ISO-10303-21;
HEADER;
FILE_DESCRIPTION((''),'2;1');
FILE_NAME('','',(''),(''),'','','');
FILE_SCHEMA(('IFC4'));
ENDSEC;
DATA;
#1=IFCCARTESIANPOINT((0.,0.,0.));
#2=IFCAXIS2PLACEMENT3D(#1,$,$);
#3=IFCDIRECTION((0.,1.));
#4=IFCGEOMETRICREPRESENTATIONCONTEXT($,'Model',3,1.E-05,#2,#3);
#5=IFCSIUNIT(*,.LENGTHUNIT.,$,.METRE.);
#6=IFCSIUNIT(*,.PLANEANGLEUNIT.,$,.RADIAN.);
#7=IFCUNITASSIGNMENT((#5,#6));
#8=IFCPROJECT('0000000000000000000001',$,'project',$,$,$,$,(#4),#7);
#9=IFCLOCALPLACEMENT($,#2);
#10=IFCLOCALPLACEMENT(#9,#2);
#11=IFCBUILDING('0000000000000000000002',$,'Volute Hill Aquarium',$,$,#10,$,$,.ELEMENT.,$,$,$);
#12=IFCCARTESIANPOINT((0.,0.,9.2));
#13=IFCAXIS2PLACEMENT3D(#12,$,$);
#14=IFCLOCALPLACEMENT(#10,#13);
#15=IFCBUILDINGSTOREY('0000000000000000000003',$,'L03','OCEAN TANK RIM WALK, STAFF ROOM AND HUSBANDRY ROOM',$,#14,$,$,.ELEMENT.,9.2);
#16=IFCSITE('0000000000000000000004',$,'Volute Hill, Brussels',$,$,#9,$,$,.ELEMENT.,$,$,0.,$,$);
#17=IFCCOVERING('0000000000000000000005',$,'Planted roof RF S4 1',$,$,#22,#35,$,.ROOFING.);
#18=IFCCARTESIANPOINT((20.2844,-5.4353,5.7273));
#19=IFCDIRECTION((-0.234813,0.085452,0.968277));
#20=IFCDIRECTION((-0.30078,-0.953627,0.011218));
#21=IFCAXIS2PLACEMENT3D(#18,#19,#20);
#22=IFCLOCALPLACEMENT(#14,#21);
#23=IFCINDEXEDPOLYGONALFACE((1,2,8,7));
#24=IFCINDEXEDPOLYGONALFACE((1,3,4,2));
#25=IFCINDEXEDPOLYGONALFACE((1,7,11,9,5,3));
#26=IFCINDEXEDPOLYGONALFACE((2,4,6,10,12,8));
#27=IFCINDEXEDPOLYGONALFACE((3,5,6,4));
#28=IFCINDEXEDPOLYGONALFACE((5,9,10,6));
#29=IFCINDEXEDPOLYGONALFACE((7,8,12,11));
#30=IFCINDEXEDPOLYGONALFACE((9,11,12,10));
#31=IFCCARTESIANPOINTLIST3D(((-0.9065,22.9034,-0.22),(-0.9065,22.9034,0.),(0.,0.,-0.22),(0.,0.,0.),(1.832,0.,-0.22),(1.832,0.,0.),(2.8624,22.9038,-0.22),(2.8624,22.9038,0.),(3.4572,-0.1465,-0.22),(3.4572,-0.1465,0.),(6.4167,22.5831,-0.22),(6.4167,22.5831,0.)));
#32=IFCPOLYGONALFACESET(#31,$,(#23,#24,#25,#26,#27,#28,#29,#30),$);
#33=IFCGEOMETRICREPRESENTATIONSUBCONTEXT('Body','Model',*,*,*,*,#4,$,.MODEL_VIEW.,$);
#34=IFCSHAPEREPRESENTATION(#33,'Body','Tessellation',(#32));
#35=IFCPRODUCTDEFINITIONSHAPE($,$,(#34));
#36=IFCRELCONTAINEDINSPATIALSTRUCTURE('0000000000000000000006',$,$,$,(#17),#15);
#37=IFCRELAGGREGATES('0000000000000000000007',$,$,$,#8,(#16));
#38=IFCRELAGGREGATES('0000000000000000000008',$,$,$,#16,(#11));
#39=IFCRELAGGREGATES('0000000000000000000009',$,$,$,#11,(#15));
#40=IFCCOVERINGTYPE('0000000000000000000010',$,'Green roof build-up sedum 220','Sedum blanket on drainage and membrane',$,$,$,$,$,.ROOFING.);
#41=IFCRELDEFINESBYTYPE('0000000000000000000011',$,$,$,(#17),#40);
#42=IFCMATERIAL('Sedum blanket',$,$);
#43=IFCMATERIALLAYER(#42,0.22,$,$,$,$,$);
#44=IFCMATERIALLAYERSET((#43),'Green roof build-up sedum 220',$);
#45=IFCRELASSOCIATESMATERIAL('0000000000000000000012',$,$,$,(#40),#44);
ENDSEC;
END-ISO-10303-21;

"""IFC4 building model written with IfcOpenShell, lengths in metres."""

from ifc_helpers import new_model, si_unit, direction, frame, origin, place, context, subcontext, project, spatial, polyline, outline, extrude, material, layer, layer_set, type_object, element, save


model = new_model("IFC4")

# Units and contexts
model_context = context("Model", 3, precision=1e-05, world=origin(), true_north=direction((0.0, 1.0)))
body_context = subcontext(model_context, "Body", "Model", "MODEL_VIEW")
ifc_project = project(units=[si_unit("LENGTHUNIT", "METRE"), si_unit("PLANEANGLEUNIT", "RADIAN")], contexts=[model_context])

# Site, building, storey
site_placement = place(None, origin())
site = spatial("IfcSite", under=ifc_project, at=site_placement, Name="Volute Hill, Brussels", CompositionType="ELEMENT", RefElevation=0.0)
building_placement = place(site_placement, origin())
building = spatial("IfcBuilding", under=site, at=building_placement, Name="Volute Hill Aquarium", CompositionType="ELEMENT")
storey_placement = place(building_placement, frame((0.0, 0.0, 9.2)))
storey = spatial("IfcBuildingStorey", under=building, at=storey_placement, Name="L03", Description="OCEAN TANK RIM WALK, STAFF ROOM AND HUSBANDRY ROOM", CompositionType="ELEMENT", Elevation=9.2)

# Covering
ifc_material_1 = material(Name="Sedum blanket")
ifc_layer_1 = layer(ifc_material_1, 0.22)
ifc_layer_set_1 = layer_set([ifc_layer_1], Name="Green roof build-up sedum 220")
covering_type_1 = type_object("IfcCoveringType", Name="Green roof build-up sedum 220", Description="Sedum blanket on drainage and membrane", PredefinedType="ROOFING", material=ifc_layer_set_1)
covering_1_placement = place(storey_placement, frame((20.2844, -5.4353, 5.7273), z_axis=(-0.234813, 0.085452, 0.968277), x_axis=(-0.30078, -0.953627, 0.011218)))
element("IfcCovering", 1, at=covering_1_placement, inside=storey, type_object=covering_type_1, Name="Planted roof RF S4 1", PredefinedType="ROOFING", context=body_context, shape_type="SweptSolid", body=[
    extrude(outline(polyline([(0.0, 0.0), (1.832, 0.0), (3.4572, -0.1465), (6.4167, 22.5831), (2.8624, 22.9038), (-0.9065, 22.9034), (0.0, 0.0)])), origin(), (0.0, 0.0, -1.0), 0.22),
])

save(model, "model.ifc")
